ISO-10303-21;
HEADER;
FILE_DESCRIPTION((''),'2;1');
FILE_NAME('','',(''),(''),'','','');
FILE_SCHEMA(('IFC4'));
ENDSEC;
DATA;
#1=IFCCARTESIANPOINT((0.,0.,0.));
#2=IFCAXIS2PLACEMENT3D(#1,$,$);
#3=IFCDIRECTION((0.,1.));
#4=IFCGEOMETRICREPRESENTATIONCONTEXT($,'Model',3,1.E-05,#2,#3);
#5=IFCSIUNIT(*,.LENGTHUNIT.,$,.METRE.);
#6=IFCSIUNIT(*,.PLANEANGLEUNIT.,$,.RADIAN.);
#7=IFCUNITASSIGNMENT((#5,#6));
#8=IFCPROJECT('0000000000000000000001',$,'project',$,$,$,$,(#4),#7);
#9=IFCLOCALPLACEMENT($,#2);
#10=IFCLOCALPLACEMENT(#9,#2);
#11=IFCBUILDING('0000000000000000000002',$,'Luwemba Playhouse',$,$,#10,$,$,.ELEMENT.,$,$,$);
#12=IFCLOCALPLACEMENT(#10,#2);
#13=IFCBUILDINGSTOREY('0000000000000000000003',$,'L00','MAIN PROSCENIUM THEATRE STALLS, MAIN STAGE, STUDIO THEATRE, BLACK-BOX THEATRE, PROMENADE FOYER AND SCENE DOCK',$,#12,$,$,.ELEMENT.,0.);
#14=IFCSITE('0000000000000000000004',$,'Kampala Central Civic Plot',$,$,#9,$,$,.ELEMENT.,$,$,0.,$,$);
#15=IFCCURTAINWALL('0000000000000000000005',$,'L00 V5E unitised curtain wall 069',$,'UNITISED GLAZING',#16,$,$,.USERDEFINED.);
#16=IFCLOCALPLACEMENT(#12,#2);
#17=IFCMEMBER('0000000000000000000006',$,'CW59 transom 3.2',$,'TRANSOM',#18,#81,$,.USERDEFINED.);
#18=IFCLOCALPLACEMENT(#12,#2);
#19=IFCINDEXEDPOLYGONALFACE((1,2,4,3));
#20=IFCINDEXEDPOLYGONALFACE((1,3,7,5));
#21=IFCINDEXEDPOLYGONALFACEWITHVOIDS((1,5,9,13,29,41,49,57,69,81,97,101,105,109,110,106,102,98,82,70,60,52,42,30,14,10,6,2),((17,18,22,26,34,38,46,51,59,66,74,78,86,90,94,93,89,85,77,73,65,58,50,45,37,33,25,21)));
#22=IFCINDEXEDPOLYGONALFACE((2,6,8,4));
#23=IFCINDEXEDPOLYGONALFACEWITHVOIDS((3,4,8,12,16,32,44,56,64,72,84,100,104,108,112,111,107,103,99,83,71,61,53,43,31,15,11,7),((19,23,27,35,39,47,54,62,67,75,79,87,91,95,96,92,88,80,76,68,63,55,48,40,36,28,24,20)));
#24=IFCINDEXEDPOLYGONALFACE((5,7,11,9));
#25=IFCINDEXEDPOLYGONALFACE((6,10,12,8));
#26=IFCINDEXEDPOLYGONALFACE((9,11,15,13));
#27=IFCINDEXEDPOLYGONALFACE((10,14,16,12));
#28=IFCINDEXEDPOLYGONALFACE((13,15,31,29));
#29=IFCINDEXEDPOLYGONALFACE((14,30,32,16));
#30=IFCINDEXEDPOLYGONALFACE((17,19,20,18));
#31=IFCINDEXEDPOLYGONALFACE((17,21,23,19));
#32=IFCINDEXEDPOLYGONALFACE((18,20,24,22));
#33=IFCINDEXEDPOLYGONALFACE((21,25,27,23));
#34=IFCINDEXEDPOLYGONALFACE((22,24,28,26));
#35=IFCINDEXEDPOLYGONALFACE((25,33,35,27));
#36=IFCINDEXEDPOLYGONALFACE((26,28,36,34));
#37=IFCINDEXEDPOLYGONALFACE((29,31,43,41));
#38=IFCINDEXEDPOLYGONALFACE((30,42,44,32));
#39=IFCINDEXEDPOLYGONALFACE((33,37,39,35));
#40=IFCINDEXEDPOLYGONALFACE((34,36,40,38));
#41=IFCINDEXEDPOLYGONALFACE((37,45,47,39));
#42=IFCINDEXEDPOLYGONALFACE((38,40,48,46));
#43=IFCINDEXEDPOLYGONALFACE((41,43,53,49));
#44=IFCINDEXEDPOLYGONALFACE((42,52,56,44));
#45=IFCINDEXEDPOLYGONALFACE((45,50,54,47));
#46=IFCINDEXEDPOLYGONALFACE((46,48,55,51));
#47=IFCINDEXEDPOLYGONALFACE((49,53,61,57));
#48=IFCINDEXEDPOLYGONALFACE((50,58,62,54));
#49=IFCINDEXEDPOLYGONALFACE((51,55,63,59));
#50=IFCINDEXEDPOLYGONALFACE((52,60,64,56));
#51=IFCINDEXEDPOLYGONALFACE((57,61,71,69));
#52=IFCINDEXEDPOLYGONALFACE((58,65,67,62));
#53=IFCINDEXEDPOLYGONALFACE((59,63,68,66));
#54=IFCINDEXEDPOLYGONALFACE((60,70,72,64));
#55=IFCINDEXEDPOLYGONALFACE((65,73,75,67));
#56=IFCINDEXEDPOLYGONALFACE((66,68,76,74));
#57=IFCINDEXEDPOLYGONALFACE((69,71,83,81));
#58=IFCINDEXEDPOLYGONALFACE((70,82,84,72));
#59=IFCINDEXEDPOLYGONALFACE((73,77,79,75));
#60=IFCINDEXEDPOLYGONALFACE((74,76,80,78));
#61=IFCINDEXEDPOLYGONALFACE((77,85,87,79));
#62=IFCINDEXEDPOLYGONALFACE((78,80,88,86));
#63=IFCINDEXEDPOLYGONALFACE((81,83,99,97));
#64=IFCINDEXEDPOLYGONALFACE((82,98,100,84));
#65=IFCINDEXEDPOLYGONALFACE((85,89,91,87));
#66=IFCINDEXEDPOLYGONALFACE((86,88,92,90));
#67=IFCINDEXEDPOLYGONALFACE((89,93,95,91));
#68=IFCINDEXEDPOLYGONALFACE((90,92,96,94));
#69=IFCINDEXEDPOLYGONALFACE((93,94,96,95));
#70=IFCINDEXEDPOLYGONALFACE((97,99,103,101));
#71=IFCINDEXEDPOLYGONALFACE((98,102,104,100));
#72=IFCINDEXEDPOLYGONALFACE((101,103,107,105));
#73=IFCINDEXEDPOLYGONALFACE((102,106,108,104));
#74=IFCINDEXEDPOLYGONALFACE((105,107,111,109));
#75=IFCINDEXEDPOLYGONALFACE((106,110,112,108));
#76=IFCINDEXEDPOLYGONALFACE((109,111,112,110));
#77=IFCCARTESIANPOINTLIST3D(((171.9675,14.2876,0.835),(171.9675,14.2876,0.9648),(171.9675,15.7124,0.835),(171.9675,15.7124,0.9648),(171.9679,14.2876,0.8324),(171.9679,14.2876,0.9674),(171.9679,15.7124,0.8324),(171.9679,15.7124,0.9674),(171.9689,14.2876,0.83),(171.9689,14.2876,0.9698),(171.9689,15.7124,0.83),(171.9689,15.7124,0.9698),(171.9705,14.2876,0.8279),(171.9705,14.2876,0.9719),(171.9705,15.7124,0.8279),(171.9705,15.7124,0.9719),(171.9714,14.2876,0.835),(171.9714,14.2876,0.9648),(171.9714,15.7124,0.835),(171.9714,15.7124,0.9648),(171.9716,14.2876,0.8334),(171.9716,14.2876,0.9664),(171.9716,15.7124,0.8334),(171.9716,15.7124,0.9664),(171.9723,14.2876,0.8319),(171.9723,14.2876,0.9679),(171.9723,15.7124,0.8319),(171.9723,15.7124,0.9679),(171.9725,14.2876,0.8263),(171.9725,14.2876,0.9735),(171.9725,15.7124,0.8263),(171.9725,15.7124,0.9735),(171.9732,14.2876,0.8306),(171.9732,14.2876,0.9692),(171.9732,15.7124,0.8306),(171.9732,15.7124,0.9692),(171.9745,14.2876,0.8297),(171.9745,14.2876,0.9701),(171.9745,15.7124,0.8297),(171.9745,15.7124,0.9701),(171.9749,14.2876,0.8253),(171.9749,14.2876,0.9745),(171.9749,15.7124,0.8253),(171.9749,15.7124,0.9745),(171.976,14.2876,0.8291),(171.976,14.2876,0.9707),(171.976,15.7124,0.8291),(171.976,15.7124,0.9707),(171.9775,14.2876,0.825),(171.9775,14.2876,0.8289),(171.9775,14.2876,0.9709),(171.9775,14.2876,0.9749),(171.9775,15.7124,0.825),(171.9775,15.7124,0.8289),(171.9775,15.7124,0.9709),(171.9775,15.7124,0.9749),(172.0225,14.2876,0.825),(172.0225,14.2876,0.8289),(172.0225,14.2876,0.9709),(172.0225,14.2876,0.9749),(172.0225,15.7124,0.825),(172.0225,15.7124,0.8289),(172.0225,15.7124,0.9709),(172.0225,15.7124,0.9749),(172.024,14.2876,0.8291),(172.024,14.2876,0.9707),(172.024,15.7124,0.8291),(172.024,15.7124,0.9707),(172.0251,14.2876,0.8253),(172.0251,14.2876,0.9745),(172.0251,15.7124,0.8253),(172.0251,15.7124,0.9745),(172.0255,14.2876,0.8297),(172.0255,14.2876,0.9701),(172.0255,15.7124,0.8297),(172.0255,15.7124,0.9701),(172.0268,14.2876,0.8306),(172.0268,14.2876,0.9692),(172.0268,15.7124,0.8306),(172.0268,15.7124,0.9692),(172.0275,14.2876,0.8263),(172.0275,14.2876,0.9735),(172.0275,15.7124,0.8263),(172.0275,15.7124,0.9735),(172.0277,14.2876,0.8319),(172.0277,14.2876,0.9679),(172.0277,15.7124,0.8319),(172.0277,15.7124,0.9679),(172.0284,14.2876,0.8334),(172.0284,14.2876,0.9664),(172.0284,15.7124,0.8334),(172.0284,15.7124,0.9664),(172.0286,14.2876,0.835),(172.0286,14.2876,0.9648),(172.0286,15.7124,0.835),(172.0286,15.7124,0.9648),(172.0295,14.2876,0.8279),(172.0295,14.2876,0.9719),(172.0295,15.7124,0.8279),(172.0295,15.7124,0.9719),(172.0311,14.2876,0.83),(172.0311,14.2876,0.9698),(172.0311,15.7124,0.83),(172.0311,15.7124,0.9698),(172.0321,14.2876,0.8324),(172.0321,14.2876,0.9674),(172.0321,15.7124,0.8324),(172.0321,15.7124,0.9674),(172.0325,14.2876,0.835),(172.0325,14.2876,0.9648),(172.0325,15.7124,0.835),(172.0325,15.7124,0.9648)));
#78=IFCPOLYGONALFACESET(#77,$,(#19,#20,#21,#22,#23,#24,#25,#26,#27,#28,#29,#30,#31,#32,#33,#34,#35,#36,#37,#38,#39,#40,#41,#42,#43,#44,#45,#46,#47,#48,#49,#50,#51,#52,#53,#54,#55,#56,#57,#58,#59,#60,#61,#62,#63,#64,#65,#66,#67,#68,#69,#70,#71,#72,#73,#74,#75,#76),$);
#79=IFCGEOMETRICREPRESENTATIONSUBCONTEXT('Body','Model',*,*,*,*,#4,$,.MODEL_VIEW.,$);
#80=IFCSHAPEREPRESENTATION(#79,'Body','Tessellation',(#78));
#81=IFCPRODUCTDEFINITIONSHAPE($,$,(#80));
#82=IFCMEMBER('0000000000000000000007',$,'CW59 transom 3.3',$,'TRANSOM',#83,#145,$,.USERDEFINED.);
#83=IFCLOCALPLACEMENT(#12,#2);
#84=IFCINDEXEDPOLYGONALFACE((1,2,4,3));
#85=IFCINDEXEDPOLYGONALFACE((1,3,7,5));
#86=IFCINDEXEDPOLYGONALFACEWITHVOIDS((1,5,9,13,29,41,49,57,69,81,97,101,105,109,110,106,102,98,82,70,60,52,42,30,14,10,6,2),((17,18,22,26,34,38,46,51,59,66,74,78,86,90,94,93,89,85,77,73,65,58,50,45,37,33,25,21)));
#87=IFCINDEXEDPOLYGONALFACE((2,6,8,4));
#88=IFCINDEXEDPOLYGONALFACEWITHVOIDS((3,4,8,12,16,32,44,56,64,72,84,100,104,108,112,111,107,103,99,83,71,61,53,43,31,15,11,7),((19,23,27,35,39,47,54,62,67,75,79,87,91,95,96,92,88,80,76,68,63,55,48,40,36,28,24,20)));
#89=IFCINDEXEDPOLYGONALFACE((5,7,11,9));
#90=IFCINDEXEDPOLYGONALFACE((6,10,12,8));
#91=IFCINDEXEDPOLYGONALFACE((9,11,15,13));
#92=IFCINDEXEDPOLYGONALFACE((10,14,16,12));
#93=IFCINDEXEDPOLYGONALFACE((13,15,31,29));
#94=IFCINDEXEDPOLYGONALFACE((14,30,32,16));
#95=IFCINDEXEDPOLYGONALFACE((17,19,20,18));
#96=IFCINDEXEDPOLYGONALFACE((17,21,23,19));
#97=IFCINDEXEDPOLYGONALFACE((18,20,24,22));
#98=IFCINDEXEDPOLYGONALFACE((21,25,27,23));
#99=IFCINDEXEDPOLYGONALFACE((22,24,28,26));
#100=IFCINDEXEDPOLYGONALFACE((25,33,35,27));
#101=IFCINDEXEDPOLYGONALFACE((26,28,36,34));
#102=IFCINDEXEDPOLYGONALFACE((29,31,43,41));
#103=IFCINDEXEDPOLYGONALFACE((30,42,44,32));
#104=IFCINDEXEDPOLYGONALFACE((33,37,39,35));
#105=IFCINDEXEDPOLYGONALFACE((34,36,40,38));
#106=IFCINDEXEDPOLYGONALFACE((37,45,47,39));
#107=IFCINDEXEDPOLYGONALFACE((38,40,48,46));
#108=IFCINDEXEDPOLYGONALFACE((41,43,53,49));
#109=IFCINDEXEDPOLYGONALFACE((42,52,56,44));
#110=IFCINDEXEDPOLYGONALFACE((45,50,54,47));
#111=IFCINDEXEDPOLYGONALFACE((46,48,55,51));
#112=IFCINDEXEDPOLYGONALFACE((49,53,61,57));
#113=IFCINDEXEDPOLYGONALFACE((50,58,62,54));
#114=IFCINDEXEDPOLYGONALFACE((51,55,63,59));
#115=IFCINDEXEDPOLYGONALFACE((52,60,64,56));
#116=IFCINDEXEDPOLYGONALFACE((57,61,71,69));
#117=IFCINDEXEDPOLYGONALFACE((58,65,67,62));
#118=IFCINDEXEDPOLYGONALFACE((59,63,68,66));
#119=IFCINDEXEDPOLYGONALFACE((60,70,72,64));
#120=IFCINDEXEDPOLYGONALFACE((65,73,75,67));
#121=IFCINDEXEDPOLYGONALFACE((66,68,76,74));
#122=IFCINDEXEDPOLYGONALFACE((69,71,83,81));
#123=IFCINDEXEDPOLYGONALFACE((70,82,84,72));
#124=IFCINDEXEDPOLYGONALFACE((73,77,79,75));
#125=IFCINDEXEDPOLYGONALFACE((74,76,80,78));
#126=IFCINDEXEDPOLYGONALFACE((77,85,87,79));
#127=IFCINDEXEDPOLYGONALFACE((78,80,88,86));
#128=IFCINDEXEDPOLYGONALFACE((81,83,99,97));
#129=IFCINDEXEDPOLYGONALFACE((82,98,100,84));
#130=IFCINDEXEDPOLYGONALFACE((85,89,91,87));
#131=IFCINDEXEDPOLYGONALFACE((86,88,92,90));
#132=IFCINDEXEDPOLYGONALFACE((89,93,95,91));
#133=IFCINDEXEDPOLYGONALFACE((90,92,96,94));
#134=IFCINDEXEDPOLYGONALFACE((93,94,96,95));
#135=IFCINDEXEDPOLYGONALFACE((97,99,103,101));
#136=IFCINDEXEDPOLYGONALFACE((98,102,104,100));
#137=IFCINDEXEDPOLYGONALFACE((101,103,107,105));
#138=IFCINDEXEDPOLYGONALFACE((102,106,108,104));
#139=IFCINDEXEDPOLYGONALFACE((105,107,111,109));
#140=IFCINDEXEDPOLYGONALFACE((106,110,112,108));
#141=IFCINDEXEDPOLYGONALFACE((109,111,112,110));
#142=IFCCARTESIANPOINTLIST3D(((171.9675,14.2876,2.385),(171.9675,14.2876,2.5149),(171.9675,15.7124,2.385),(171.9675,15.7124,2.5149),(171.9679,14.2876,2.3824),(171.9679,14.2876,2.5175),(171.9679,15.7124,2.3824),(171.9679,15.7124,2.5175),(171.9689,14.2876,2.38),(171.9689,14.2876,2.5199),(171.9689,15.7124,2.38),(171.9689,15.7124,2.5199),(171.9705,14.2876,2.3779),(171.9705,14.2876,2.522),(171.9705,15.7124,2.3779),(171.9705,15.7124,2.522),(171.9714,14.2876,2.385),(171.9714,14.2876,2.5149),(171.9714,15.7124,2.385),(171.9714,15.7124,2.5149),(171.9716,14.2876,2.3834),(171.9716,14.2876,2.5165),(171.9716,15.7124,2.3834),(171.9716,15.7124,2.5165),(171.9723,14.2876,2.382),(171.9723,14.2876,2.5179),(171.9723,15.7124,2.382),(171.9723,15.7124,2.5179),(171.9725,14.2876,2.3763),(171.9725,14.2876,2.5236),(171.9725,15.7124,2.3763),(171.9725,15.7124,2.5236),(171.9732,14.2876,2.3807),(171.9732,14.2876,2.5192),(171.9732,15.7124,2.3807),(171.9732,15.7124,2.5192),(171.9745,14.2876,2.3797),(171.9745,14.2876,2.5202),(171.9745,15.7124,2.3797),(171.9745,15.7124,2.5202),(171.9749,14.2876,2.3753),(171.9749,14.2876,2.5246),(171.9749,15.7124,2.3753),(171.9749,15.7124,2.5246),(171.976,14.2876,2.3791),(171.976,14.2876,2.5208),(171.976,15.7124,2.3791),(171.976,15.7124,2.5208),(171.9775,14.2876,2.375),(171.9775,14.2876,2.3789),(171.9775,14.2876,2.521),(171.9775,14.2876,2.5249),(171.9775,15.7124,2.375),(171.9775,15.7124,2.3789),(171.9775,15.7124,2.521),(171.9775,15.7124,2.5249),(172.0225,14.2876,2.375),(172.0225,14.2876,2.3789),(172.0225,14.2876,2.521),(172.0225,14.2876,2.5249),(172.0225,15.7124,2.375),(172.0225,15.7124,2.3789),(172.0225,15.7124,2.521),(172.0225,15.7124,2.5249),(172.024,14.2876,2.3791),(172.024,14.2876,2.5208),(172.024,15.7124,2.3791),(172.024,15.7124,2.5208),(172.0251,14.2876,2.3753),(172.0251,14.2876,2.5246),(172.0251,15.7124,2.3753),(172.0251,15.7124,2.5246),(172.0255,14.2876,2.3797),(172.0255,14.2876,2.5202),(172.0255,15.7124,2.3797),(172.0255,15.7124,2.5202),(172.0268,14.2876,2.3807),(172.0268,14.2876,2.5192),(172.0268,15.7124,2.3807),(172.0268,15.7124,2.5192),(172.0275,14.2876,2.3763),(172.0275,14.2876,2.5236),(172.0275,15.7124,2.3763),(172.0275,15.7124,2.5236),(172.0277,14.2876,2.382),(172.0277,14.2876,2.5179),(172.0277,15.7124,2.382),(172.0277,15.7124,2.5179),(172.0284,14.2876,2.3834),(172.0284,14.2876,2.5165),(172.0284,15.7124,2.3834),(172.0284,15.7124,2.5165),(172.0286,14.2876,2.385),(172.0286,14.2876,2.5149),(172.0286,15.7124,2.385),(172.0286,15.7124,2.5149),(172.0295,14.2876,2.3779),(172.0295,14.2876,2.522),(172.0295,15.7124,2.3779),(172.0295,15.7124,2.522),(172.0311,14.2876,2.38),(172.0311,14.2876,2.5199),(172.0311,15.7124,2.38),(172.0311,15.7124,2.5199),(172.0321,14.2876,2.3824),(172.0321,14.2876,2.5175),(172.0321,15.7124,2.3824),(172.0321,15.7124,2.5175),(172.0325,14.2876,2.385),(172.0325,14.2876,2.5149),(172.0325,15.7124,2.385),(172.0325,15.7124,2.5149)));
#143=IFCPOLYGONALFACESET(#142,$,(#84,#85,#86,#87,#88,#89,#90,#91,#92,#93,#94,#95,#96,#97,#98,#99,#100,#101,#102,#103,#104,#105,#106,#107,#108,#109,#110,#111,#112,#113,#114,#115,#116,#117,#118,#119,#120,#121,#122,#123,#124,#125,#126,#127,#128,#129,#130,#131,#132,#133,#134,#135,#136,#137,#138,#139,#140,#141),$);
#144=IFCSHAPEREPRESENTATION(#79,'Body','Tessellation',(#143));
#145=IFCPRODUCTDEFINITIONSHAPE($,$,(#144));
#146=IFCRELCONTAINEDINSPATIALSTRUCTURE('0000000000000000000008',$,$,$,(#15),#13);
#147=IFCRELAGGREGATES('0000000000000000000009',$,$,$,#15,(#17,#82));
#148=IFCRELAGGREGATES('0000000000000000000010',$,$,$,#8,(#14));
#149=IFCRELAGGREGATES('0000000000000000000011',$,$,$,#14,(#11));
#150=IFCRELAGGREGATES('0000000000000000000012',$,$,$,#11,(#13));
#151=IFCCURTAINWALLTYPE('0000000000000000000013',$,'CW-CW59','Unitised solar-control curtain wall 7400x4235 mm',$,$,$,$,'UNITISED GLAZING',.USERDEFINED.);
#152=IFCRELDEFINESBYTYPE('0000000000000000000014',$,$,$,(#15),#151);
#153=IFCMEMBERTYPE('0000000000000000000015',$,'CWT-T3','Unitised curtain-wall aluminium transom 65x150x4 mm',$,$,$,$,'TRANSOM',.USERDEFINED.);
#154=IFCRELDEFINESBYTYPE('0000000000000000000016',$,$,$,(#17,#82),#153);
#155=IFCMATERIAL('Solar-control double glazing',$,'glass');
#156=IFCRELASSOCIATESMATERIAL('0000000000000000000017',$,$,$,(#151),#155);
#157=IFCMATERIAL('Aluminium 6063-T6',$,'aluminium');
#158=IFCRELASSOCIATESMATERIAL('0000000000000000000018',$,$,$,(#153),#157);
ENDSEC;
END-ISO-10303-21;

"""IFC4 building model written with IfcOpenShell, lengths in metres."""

from ifc_helpers import new_model, si_unit, direction, frame, origin, origin_2d, place, context, subcontext, project, spatial, hollow_rectangle, extrude, material, material_profile, profile_set, type_object, element, aggregate, save


model = new_model("IFC4")

# Units and contexts
model_context = context("Model", 3, precision=1e-05, world=origin(), true_north=direction((0.0, 1.0)))
body_context = subcontext(model_context, "Body", "Model", "MODEL_VIEW")
ifc_project = project(units=[si_unit("LENGTHUNIT", "METRE"), si_unit("PLANEANGLEUNIT", "RADIAN")], contexts=[model_context])

# Site, building, storey
site_placement = place(None, origin())
site = spatial("IfcSite", under=ifc_project, at=site_placement, Name="Kampala Central Civic Plot", CompositionType="ELEMENT", RefElevation=0.0)
building_placement = place(site_placement, origin())
building = spatial("IfcBuilding", under=site, at=building_placement, Name="Luwemba Playhouse", CompositionType="ELEMENT")
storey_placement = place(building_placement, origin())
storey = spatial("IfcBuildingStorey", under=building, at=storey_placement, Name="L00", Description="MAIN PROSCENIUM THEATRE STALLS, MAIN STAGE, STUDIO THEATRE, BLACK-BOX THEATRE, PROMENADE FOYER AND SCENE DOCK", CompositionType="ELEMENT", Elevation=0.0)

# Curtain wall, members
ifc_material_1 = material(Name="Solar-control double glazing", Category="glass")
curtain_wall_type = type_object("IfcCurtainWallType", Name="CW-CW59", Description="Unitised solar-control curtain wall 7400x4235 mm", ElementType="UNITISED GLAZING", PredefinedType="USERDEFINED", material=ifc_material_1)
curtain_wall_placement = place(storey_placement, origin())
curtain_wall = element("IfcCurtainWall", 1, at=curtain_wall_placement, inside=storey, type_object=curtain_wall_type, Name="L00 V5E unitised curtain wall 069", ObjectType="UNITISED GLAZING", PredefinedType="USERDEFINED")
ifc_material_2 = material(Name="Aluminium 6063-T6", Category="aluminium")
ifc_material_profile_1 = material_profile(ifc_material_2, hollow_rectangle(XDim=0.0649, YDim=0.1499, WallThickness=0.0039, InnerFilletRadius=0.0061, OuterFilletRadius=0.01, at=origin_2d()))
ifc_profile_set_1 = profile_set([ifc_material_profile_1], Name="Aluminium 6063-T6")
member_type_1 = type_object("IfcMemberType", Name="CWT-T3", Description="Unitised curtain-wall aluminium transom 65x150x4 mm", ElementType="TRANSOM", PredefinedType="USERDEFINED", material=ifc_profile_set_1)
member_1_placement = place(storey_placement, frame((172.0, 15.7124, 0.8999), z_axis=(0.0, -1.0, 0.0), x_axis=(1.0, 0.0, 0.0)))
member_1 = element("IfcMember", 2, at=member_1_placement, type_object=member_type_1, Name="CW59 transom 3.2", ObjectType="TRANSOM", PredefinedType="USERDEFINED", context=body_context, shape_type="SweptSolid", body=[
    extrude(hollow_rectangle(XDim=0.0649, YDim=0.1499, WallThickness=0.0039, InnerFilletRadius=0.0061, OuterFilletRadius=0.01, at=origin_2d()), origin(), (0.0, 0.0, 1.0), 1.4248),
])
member_2_placement = place(storey_placement, frame((172.0, 15.7124, 2.45), z_axis=(0.0, -1.0, 0.0), x_axis=(1.0, 0.0, 0.0)))
member_2 = element("IfcMember", 3, at=member_2_placement, type_object=member_type_1, Name="CW59 transom 3.3", ObjectType="TRANSOM", PredefinedType="USERDEFINED", context=body_context, shape_type="SweptSolid", body=[
    extrude(hollow_rectangle(XDim=0.0649, YDim=0.1499, WallThickness=0.0039, InnerFilletRadius=0.0061, OuterFilletRadius=0.01, at=origin_2d()), origin(), (0.0, 0.0, 1.0), 1.4248),
])
aggregate(curtain_wall, [member_1, member_2])

save(model, "model.ifc")
